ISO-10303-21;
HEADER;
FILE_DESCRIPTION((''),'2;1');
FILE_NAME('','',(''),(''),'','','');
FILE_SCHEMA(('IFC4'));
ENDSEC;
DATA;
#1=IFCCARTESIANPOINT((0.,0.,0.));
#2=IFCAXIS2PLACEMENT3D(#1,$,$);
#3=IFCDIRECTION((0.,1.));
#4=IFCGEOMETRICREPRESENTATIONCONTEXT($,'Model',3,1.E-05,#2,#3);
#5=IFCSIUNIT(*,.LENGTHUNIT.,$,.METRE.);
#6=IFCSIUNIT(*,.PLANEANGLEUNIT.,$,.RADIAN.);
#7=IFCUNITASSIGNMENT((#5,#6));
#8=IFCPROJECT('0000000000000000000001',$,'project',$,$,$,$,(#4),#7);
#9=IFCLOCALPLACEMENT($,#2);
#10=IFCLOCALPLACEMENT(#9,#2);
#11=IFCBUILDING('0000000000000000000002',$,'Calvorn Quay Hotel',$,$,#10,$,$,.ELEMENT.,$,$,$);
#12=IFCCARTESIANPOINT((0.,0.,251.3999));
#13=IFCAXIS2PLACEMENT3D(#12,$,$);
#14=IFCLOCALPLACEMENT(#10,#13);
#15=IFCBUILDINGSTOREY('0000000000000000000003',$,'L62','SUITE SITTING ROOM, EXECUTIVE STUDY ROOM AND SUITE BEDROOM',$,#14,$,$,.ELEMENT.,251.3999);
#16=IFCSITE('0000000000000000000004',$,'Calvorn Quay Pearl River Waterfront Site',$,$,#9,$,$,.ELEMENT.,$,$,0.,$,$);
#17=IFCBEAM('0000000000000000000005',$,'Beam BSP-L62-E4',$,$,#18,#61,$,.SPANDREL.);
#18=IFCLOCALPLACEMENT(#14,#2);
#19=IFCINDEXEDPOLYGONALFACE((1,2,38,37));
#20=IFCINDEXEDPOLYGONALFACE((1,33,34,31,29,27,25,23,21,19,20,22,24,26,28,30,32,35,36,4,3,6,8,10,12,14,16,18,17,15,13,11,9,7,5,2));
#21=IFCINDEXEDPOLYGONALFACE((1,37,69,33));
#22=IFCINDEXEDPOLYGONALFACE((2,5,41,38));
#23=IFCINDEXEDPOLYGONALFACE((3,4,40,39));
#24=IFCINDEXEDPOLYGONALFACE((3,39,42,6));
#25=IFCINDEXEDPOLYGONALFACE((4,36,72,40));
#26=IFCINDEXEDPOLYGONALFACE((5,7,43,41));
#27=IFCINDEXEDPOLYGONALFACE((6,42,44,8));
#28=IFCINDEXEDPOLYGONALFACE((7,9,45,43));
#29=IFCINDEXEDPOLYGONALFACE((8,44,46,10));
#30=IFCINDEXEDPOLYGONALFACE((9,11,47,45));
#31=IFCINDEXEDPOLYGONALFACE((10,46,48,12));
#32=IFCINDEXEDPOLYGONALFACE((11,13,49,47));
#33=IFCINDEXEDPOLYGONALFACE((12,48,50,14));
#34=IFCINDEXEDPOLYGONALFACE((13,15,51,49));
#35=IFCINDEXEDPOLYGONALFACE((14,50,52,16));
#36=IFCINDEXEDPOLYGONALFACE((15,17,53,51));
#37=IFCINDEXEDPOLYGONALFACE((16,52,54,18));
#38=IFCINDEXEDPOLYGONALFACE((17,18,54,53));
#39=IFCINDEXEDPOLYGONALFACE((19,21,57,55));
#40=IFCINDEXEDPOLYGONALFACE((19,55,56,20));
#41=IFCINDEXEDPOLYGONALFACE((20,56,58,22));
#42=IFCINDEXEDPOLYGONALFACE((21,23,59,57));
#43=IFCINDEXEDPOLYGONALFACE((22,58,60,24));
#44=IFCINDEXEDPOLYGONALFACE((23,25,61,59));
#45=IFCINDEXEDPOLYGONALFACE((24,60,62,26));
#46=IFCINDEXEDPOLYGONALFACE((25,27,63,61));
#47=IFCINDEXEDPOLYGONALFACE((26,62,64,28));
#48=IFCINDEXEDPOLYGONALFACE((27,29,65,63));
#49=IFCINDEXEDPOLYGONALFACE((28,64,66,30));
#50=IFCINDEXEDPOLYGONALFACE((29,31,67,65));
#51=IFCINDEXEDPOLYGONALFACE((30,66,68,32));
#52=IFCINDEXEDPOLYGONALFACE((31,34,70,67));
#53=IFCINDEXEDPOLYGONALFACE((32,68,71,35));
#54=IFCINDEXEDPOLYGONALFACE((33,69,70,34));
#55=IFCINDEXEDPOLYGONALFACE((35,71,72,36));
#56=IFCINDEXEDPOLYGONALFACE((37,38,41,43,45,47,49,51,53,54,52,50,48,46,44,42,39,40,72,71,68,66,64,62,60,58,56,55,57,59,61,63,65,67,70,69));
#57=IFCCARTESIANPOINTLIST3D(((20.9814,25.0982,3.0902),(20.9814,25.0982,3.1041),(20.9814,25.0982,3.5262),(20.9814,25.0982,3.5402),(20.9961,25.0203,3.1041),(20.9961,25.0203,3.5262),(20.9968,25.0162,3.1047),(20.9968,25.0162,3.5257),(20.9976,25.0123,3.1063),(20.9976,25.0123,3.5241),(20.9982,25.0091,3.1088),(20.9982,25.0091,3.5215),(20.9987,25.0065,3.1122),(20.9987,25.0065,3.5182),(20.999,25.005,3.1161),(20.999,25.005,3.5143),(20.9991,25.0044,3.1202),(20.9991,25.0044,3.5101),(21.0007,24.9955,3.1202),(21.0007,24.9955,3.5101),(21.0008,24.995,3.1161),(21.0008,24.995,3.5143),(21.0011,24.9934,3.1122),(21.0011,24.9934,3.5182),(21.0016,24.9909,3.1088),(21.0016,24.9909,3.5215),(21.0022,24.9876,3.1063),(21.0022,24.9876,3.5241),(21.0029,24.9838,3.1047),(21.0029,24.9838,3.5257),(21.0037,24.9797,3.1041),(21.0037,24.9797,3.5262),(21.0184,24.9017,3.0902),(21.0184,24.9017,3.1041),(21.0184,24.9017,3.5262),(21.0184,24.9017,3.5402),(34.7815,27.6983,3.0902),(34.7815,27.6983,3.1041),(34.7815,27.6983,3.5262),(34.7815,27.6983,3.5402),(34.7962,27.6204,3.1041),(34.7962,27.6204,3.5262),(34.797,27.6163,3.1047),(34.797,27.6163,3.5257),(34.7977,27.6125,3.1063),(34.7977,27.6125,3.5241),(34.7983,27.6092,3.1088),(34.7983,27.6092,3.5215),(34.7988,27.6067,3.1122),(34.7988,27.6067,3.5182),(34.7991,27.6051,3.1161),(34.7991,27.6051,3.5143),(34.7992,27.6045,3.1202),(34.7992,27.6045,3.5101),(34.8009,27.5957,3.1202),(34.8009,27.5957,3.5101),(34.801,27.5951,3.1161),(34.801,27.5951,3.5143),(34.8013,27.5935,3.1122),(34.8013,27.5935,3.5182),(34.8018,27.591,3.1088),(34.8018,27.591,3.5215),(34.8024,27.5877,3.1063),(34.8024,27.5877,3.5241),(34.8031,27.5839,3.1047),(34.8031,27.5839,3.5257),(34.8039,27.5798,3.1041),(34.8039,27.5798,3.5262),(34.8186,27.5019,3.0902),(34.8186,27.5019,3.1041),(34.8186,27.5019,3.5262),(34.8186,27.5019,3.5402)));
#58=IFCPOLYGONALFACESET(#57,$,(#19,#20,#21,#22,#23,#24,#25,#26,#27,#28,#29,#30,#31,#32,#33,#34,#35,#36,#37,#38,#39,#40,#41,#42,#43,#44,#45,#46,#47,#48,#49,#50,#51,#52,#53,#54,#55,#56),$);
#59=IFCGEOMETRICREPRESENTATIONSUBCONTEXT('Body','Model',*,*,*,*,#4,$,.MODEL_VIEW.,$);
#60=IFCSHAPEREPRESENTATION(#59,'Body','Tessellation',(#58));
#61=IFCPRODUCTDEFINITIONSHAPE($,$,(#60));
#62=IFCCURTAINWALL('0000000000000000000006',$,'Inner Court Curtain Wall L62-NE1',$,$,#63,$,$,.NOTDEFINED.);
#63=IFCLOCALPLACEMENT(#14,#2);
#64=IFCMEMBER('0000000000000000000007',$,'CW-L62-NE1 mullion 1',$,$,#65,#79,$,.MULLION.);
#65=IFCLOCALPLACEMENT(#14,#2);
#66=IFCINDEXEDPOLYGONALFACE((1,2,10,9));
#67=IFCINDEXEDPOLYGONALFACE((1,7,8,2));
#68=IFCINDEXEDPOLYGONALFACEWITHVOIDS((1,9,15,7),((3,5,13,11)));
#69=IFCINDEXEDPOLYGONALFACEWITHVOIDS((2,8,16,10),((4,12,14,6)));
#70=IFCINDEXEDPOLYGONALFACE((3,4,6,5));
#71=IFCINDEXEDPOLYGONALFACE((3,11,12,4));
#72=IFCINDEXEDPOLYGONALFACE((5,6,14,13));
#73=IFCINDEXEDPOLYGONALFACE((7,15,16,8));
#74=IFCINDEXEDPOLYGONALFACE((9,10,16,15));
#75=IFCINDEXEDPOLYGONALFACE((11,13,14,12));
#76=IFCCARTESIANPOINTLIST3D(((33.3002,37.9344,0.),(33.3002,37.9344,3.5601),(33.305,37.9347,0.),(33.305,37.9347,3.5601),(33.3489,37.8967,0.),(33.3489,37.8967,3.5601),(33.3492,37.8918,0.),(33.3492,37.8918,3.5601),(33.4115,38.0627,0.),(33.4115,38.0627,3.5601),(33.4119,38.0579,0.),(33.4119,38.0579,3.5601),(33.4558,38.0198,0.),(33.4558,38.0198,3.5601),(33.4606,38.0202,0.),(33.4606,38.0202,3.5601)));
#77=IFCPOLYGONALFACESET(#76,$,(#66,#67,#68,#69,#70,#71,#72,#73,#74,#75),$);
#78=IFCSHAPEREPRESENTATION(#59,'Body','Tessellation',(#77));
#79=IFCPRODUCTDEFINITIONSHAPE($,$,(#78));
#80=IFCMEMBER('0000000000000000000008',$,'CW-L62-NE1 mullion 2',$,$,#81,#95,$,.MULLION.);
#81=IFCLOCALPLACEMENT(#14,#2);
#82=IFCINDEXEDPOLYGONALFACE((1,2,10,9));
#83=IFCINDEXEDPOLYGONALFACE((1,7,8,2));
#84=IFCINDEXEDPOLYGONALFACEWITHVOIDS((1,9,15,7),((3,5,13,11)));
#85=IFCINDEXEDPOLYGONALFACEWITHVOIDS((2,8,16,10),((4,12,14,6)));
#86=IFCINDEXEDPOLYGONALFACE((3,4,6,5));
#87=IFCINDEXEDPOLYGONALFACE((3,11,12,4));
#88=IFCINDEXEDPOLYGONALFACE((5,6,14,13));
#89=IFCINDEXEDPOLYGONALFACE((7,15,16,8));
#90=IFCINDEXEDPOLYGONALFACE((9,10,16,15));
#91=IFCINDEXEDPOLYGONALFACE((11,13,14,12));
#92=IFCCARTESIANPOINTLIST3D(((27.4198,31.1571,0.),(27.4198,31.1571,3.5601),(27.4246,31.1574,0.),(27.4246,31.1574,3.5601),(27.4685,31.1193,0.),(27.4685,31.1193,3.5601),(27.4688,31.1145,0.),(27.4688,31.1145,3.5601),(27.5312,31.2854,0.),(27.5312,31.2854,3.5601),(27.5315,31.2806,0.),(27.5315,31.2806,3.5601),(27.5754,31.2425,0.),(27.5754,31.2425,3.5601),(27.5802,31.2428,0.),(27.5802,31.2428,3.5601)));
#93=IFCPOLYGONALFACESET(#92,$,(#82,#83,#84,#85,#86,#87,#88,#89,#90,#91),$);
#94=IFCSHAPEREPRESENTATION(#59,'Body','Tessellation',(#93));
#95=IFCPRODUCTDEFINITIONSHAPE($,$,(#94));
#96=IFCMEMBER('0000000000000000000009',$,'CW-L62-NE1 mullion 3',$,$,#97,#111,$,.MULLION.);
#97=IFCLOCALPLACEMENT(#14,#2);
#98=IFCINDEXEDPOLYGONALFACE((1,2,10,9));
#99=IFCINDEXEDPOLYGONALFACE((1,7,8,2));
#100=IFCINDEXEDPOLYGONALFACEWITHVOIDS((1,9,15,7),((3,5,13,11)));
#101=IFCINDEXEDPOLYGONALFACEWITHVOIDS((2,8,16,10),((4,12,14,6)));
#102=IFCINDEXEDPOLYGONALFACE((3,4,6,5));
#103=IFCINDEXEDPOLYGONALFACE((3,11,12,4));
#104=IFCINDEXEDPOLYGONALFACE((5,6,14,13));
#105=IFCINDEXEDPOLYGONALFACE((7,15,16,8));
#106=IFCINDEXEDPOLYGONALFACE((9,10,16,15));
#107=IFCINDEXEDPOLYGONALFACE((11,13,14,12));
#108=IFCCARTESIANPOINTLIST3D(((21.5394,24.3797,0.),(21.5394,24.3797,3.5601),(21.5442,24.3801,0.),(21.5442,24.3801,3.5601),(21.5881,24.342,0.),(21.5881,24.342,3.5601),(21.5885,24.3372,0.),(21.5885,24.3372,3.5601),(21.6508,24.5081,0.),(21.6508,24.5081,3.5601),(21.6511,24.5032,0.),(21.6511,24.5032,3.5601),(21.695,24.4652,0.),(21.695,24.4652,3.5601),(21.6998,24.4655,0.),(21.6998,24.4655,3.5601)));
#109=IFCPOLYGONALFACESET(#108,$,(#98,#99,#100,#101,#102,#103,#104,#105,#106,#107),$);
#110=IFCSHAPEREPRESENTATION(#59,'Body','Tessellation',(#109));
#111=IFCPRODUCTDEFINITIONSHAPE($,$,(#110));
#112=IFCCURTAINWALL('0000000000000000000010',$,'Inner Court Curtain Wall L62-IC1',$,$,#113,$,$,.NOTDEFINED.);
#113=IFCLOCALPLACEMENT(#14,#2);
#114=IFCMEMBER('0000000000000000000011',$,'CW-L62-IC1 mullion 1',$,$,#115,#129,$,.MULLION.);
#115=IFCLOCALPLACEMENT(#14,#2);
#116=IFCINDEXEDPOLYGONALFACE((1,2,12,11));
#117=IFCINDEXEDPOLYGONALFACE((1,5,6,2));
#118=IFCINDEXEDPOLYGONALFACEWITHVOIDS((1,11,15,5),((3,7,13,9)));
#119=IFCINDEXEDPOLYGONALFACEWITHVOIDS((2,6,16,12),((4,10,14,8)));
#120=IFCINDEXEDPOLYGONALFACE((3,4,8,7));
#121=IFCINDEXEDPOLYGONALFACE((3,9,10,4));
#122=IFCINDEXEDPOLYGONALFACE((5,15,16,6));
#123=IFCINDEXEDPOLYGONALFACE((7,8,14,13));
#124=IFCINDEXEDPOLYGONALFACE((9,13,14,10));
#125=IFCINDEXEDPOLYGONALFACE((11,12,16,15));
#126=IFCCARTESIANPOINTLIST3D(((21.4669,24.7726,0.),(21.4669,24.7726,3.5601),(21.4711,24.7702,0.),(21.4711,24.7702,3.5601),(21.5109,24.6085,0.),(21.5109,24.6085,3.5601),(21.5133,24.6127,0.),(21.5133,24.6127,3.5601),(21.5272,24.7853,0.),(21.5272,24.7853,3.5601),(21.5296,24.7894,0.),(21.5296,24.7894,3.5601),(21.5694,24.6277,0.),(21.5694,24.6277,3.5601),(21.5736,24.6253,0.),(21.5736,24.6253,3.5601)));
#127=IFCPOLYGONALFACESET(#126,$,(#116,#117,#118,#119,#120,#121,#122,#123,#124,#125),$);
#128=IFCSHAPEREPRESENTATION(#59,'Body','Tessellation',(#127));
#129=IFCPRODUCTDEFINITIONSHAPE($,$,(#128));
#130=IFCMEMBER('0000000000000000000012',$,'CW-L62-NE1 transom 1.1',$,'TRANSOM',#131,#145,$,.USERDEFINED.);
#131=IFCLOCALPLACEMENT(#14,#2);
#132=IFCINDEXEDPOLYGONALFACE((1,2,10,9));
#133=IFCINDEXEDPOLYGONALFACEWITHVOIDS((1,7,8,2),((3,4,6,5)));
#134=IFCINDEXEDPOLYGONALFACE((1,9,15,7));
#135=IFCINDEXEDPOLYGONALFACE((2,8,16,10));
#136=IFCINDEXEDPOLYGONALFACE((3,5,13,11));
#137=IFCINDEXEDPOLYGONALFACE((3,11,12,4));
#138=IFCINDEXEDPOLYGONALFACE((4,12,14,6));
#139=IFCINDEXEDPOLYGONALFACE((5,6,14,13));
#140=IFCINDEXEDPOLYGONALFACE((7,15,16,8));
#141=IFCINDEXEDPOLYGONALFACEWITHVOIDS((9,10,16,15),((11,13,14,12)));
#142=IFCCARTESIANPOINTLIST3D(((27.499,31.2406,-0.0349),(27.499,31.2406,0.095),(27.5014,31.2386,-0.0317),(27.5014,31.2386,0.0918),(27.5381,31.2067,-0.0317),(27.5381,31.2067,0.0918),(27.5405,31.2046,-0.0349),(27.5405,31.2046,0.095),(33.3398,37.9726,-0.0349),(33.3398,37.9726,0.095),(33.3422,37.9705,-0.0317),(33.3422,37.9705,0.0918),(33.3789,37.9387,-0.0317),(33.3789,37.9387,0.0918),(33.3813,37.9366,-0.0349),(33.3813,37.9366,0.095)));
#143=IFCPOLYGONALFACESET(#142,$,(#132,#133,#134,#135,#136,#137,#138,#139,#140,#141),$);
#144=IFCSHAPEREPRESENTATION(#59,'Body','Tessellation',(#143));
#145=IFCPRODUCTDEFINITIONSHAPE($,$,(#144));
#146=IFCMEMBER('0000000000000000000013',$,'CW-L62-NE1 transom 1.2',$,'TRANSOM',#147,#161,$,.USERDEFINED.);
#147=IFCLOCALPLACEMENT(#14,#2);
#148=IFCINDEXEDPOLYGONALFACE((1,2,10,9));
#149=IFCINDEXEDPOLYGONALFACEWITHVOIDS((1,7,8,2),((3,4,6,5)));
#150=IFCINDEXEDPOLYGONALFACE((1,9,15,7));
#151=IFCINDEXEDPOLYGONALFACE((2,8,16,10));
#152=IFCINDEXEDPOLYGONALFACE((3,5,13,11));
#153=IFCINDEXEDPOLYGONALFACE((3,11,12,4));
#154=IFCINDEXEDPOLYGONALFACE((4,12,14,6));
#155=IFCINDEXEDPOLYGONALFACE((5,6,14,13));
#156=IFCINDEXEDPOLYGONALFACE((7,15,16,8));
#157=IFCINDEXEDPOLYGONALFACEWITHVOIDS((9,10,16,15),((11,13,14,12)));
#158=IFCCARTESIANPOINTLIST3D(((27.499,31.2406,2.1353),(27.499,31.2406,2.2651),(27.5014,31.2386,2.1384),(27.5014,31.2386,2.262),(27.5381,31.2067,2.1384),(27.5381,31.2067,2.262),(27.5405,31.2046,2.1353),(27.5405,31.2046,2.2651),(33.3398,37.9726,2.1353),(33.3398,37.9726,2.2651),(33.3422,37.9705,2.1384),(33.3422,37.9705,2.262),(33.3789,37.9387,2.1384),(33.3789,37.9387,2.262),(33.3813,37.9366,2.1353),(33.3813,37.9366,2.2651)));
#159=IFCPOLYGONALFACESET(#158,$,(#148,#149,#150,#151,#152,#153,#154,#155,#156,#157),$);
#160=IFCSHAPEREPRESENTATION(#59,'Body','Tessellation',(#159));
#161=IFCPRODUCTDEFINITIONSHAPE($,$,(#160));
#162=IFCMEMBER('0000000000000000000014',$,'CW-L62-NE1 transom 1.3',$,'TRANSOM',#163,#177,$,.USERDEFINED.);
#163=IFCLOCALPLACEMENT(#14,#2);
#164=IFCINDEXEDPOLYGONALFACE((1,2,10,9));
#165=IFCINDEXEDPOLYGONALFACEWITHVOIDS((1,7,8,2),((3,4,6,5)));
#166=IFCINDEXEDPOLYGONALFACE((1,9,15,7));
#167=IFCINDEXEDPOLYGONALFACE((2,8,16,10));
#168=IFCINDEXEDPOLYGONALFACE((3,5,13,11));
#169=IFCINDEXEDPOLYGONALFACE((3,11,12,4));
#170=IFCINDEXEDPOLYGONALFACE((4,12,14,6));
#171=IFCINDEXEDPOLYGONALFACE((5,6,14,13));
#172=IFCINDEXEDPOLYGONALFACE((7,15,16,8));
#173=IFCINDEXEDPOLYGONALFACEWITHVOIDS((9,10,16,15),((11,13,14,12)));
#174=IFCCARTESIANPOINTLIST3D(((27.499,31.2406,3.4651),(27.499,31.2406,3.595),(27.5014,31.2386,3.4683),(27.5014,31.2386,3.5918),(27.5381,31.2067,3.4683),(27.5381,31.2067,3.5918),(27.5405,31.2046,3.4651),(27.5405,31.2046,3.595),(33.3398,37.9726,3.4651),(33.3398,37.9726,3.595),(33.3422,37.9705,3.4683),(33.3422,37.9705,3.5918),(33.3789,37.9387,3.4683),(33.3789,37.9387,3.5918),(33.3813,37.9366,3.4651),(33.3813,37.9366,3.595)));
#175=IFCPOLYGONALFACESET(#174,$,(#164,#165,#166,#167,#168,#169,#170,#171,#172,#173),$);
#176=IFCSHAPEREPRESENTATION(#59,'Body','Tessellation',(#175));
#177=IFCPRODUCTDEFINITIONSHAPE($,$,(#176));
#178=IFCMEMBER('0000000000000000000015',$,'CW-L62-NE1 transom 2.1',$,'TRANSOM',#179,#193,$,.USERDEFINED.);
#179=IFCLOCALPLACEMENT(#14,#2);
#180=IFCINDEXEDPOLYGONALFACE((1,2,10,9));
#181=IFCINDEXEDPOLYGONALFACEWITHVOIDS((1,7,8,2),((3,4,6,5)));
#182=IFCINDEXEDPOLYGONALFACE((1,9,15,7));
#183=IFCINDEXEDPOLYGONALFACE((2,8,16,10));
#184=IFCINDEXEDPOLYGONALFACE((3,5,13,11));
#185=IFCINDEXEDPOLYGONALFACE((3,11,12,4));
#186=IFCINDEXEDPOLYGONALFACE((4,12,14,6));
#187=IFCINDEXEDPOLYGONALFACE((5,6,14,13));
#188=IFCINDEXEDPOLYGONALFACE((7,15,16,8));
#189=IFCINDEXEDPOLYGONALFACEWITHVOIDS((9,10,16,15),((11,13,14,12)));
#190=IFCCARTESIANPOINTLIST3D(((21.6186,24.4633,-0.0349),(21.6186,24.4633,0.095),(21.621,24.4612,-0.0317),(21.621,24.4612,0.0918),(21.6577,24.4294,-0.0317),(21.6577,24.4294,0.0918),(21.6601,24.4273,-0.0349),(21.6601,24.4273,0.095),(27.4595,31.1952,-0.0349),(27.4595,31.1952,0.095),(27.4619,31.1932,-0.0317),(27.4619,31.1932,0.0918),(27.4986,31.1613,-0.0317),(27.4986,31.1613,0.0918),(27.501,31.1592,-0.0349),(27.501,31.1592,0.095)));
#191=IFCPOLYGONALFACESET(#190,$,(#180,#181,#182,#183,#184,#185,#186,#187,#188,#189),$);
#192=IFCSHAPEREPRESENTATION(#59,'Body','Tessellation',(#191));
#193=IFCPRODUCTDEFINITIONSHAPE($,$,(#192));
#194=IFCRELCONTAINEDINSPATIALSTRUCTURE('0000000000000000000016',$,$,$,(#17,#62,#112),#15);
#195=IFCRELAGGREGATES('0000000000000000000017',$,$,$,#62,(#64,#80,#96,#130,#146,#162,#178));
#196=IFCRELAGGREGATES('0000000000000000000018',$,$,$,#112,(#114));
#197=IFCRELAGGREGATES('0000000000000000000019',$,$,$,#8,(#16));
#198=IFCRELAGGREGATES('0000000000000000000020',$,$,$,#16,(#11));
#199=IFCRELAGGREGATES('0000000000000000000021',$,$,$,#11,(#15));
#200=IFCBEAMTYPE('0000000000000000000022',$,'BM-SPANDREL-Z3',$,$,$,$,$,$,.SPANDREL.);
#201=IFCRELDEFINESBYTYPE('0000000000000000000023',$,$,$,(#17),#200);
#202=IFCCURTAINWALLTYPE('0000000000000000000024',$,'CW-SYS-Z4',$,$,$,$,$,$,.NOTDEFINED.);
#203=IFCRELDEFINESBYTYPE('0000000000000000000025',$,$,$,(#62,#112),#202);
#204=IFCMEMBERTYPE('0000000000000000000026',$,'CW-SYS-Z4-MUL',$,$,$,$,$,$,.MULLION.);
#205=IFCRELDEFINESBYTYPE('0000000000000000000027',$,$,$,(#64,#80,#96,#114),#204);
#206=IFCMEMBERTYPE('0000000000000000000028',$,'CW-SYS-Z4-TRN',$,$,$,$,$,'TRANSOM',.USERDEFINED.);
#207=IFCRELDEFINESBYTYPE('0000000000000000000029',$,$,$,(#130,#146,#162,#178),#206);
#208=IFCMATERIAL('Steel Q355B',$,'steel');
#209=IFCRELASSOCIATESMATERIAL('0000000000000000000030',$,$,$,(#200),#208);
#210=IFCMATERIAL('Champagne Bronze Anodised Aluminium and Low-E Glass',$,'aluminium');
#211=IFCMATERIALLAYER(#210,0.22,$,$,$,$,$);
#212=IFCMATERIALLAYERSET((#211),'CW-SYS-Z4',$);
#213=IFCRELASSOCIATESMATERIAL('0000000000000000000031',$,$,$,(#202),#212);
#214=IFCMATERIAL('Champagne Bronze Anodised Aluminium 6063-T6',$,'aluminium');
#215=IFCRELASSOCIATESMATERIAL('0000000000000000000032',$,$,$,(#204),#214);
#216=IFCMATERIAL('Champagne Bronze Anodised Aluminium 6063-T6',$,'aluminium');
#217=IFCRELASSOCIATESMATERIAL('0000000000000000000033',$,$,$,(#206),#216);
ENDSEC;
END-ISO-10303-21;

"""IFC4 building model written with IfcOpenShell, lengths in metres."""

from ifc_helpers import new_model, si_unit, direction, frame, origin, origin_2d, place, context, subcontext, project, spatial, hollow_rectangle, i_section, extrude, material, layer, layer_set, material_profile, profile_set, type_object, element, aggregate, save


model = new_model("IFC4")

# Units and contexts
model_context = context("Model", 3, precision=1e-05, world=origin(), true_north=direction((0.0, 1.0)))
body_context = subcontext(model_context, "Body", "Model", "MODEL_VIEW")
ifc_project = project(units=[si_unit("LENGTHUNIT", "METRE"), si_unit("PLANEANGLEUNIT", "RADIAN")], contexts=[model_context])

# Site, building, storey
site_placement = place(None, origin())
site = spatial("IfcSite", under=ifc_project, at=site_placement, Name="Calvorn Quay Pearl River Waterfront Site", CompositionType="ELEMENT", RefElevation=0.0)
building_placement = place(site_placement, origin())
building = spatial("IfcBuilding", under=site, at=building_placement, Name="Calvorn Quay Hotel", CompositionType="ELEMENT")
storey_placement = place(building_placement, frame((0.0, 0.0, 251.3999)))
storey = spatial("IfcBuildingStorey", under=building, at=storey_placement, Name="L62", Description="SUITE SITTING ROOM, EXECUTIVE STUDY ROOM AND SUITE BEDROOM", CompositionType="ELEMENT", Elevation=251.3999)

# Beam
ifc_material_1 = material(Name="Steel Q355B", Category="steel")
ifc_material_profile_1 = material_profile(ifc_material_1, i_section(OverallWidth=0.2, OverallDepth=0.45, WebThickness=0.009, FlangeThickness=0.0139, FilletRadius=0.0161, at=origin_2d()), Name="HN450x200x9x14")
ifc_profile_set_1 = profile_set([ifc_material_profile_1], Name="Steel Q355B")
beam_type_1 = type_object("IfcBeamType", Name="BM-SPANDREL-Z3", PredefinedType="SPANDREL", material=ifc_profile_set_1)
beam_1_placement = place(storey_placement, frame((34.8, 27.6001, 3.3152), z_axis=(-0.982709, -0.185154, 0.0), x_axis=(0.185154, -0.982709, 0.0)))
element("IfcBeam", 1, at=beam_1_placement, inside=storey, type_object=beam_type_1, Name="Beam BSP-L62-E4", PredefinedType="SPANDREL", context=body_context, shape_type="SweptSolid", body=[
    extrude(i_section(OverallWidth=0.2, OverallDepth=0.45, WebThickness=0.009, FlangeThickness=0.0139, FilletRadius=0.0161, at=origin_2d()), origin(), (0.0, 0.0, 1.0), 14.043),
])

# Curtain wall, members
ifc_material_2 = material(Name="Champagne Bronze Anodised Aluminium and Low-E Glass", Category="aluminium")
ifc_layer_1 = layer(ifc_material_2, 0.22)
ifc_layer_set_1 = layer_set([ifc_layer_1], Name="CW-SYS-Z4")
curtain_wall_type = type_object("IfcCurtainWallType", Name="CW-SYS-Z4", PredefinedType="NOTDEFINED", material=ifc_layer_set_1)
curtain_wall_1_placement = place(storey_placement, origin())
curtain_wall_1 = element("IfcCurtainWall", 2, at=curtain_wall_1_placement, inside=storey, type_object=curtain_wall_type, Name="Inner Court Curtain Wall L62-NE1", PredefinedType="NOTDEFINED")
ifc_material_3 = material(Name="Champagne Bronze Anodised Aluminium 6063-T6", Category="aluminium")
ifc_material_profile_2 = material_profile(ifc_material_3, hollow_rectangle(XDim=0.0649, YDim=0.1699, WallThickness=0.0034, at=origin_2d()), Name="ALU-M170x65x3.5")
ifc_profile_set_2 = profile_set([ifc_material_profile_2], Name="Champagne Bronze Anodised Aluminium 6063-T6")
member_type_1 = type_object("IfcMemberType", Name="CW-SYS-Z4-MUL", PredefinedType="MULLION", material=ifc_profile_set_2)
member_1_placement = place(storey_placement, frame((33.3804, 37.9773, 0.0), z_axis=(0.0, 0.0, 1.0), x_axis=(0.755322, -0.655353, 0.0)))
member_1 = element("IfcMember", 3, at=member_1_placement, type_object=member_type_1, Name="CW-L62-NE1 mullion 1", PredefinedType="MULLION", context=body_context, shape_type="SweptSolid", body=[
    extrude(hollow_rectangle(XDim=0.0649, YDim=0.1699, WallThickness=0.0034, at=origin_2d()), origin(), (0.0, 0.0, 1.0), 3.5601),
])
member_2_placement = place(storey_placement, frame((27.5, 31.2, 0.0), z_axis=(0.0, 0.0, 1.0), x_axis=(0.755322, -0.655353, 0.0)))
member_2 = element("IfcMember", 4, at=member_2_placement, type_object=member_type_1, Name="CW-L62-NE1 mullion 2", PredefinedType="MULLION", context=body_context, shape_type="SweptSolid", body=[
    extrude(hollow_rectangle(XDim=0.0649, YDim=0.1699, WallThickness=0.0034, at=origin_2d()), origin(), (0.0, 0.0, 1.0), 3.5601),
])
member_3_placement = place(storey_placement, frame((21.6196, 24.4226, 0.0), z_axis=(0.0, 0.0, 1.0), x_axis=(0.755322, -0.655353, 0.0)))
member_3 = element("IfcMember", 5, at=member_3_placement, type_object=member_type_1, Name="CW-L62-NE1 mullion 3", PredefinedType="MULLION", context=body_context, shape_type="SweptSolid", body=[
    extrude(hollow_rectangle(XDim=0.0649, YDim=0.1699, WallThickness=0.0034, at=origin_2d()), origin(), (0.0, 0.0, 1.0), 3.5601),
])

# Curtain wall, member
curtain_wall_2_placement = place(storey_placement, origin())
curtain_wall_2 = element("IfcCurtainWall", 6, at=curtain_wall_2_placement, inside=storey, type_object=curtain_wall_type, Name="Inner Court Curtain Wall L62-IC1", PredefinedType="NOTDEFINED")
member_4_placement = place(storey_placement, frame((21.5203, 24.699, 0.0), z_axis=(0.0, 0.0, 1.0), x_axis=(-0.965937, -0.258779, 0.0)))
member_4 = element("IfcMember", 7, at=member_4_placement, type_object=member_type_1, Name="CW-L62-IC1 mullion 1", PredefinedType="MULLION", context=body_context, shape_type="SweptSolid", body=[
    extrude(hollow_rectangle(XDim=0.0649, YDim=0.1699, WallThickness=0.0034, at=origin_2d()), origin(), (0.0, 0.0, 1.0), 3.5601),
])

# Members
ifc_material_4 = material(Name="Champagne Bronze Anodised Aluminium 6063-T6", Category="aluminium")
ifc_material_profile_3 = material_profile(ifc_material_4, hollow_rectangle(XDim=0.0549, YDim=0.1299, WallThickness=0.0032, at=origin_2d()), Name="ALU-T130x55x3.2")
ifc_profile_set_3 = profile_set([ifc_material_profile_3], Name="Champagne Bronze Anodised Aluminium 6063-T6")
member_type_2 = type_object("IfcMemberType", Name="CW-SYS-Z4-TRN", ElementType="TRANSOM", PredefinedType="USERDEFINED", material=ifc_profile_set_3)
member_5_placement = place(storey_placement, frame((33.3606, 37.9546, 0.03), z_axis=(-0.655346, -0.755329, 0.0), x_axis=(0.755329, -0.655346, 0.0)))
member_5 = element("IfcMember", 8, at=member_5_placement, type_object=member_type_2, Name="CW-L62-NE1 transom 1.1", ObjectType="TRANSOM", PredefinedType="USERDEFINED", context=body_context, shape_type="SweptSolid", body=[
    extrude(hollow_rectangle(XDim=0.0549, YDim=0.1299, WallThickness=0.0032, at=origin_2d()), origin(), (0.0, 0.0, 1.0), 8.9126),
])
member_6_placement = place(storey_placement, frame((33.3606, 37.9546, 2.2002), z_axis=(-0.655346, -0.755329, 0.0), x_axis=(0.755329, -0.655346, 0.0)))
member_6 = element("IfcMember", 9, at=member_6_placement, type_object=member_type_2, Name="CW-L62-NE1 transom 1.2", ObjectType="TRANSOM", PredefinedType="USERDEFINED", context=body_context, shape_type="SweptSolid", body=[
    extrude(hollow_rectangle(XDim=0.0549, YDim=0.1299, WallThickness=0.0032, at=origin_2d()), origin(), (0.0, 0.0, 1.0), 8.9126),
])
member_7_placement = place(storey_placement, frame((33.3606, 37.9546, 3.53), z_axis=(-0.655346, -0.755329, 0.0), x_axis=(0.755329, -0.655346, 0.0)))
member_7 = element("IfcMember", 10, at=member_7_placement, type_object=member_type_2, Name="CW-L62-NE1 transom 1.3", ObjectType="TRANSOM", PredefinedType="USERDEFINED", context=body_context, shape_type="SweptSolid", body=[
    extrude(hollow_rectangle(XDim=0.0549, YDim=0.1299, WallThickness=0.0032, at=origin_2d()), origin(), (0.0, 0.0, 1.0), 8.9126),
])
member_8_placement = place(storey_placement, frame((27.4802, 31.1772, 0.03), z_axis=(-0.655346, -0.755329, 0.0), x_axis=(0.755329, -0.655346, 0.0)))
member_8 = element("IfcMember", 11, at=member_8_placement, type_object=member_type_2, Name="CW-L62-NE1 transom 2.1", ObjectType="TRANSOM", PredefinedType="USERDEFINED", context=body_context, shape_type="SweptSolid", body=[
    extrude(hollow_rectangle(XDim=0.0549, YDim=0.1299, WallThickness=0.0032, at=origin_2d()), origin(), (0.0, 0.0, 1.0), 8.9126),
])

aggregate(curtain_wall_1, [member_1, member_2, member_3, member_5, member_6, member_7, member_8])
aggregate(curtain_wall_2, [member_4])

save(model, "model.ifc")
